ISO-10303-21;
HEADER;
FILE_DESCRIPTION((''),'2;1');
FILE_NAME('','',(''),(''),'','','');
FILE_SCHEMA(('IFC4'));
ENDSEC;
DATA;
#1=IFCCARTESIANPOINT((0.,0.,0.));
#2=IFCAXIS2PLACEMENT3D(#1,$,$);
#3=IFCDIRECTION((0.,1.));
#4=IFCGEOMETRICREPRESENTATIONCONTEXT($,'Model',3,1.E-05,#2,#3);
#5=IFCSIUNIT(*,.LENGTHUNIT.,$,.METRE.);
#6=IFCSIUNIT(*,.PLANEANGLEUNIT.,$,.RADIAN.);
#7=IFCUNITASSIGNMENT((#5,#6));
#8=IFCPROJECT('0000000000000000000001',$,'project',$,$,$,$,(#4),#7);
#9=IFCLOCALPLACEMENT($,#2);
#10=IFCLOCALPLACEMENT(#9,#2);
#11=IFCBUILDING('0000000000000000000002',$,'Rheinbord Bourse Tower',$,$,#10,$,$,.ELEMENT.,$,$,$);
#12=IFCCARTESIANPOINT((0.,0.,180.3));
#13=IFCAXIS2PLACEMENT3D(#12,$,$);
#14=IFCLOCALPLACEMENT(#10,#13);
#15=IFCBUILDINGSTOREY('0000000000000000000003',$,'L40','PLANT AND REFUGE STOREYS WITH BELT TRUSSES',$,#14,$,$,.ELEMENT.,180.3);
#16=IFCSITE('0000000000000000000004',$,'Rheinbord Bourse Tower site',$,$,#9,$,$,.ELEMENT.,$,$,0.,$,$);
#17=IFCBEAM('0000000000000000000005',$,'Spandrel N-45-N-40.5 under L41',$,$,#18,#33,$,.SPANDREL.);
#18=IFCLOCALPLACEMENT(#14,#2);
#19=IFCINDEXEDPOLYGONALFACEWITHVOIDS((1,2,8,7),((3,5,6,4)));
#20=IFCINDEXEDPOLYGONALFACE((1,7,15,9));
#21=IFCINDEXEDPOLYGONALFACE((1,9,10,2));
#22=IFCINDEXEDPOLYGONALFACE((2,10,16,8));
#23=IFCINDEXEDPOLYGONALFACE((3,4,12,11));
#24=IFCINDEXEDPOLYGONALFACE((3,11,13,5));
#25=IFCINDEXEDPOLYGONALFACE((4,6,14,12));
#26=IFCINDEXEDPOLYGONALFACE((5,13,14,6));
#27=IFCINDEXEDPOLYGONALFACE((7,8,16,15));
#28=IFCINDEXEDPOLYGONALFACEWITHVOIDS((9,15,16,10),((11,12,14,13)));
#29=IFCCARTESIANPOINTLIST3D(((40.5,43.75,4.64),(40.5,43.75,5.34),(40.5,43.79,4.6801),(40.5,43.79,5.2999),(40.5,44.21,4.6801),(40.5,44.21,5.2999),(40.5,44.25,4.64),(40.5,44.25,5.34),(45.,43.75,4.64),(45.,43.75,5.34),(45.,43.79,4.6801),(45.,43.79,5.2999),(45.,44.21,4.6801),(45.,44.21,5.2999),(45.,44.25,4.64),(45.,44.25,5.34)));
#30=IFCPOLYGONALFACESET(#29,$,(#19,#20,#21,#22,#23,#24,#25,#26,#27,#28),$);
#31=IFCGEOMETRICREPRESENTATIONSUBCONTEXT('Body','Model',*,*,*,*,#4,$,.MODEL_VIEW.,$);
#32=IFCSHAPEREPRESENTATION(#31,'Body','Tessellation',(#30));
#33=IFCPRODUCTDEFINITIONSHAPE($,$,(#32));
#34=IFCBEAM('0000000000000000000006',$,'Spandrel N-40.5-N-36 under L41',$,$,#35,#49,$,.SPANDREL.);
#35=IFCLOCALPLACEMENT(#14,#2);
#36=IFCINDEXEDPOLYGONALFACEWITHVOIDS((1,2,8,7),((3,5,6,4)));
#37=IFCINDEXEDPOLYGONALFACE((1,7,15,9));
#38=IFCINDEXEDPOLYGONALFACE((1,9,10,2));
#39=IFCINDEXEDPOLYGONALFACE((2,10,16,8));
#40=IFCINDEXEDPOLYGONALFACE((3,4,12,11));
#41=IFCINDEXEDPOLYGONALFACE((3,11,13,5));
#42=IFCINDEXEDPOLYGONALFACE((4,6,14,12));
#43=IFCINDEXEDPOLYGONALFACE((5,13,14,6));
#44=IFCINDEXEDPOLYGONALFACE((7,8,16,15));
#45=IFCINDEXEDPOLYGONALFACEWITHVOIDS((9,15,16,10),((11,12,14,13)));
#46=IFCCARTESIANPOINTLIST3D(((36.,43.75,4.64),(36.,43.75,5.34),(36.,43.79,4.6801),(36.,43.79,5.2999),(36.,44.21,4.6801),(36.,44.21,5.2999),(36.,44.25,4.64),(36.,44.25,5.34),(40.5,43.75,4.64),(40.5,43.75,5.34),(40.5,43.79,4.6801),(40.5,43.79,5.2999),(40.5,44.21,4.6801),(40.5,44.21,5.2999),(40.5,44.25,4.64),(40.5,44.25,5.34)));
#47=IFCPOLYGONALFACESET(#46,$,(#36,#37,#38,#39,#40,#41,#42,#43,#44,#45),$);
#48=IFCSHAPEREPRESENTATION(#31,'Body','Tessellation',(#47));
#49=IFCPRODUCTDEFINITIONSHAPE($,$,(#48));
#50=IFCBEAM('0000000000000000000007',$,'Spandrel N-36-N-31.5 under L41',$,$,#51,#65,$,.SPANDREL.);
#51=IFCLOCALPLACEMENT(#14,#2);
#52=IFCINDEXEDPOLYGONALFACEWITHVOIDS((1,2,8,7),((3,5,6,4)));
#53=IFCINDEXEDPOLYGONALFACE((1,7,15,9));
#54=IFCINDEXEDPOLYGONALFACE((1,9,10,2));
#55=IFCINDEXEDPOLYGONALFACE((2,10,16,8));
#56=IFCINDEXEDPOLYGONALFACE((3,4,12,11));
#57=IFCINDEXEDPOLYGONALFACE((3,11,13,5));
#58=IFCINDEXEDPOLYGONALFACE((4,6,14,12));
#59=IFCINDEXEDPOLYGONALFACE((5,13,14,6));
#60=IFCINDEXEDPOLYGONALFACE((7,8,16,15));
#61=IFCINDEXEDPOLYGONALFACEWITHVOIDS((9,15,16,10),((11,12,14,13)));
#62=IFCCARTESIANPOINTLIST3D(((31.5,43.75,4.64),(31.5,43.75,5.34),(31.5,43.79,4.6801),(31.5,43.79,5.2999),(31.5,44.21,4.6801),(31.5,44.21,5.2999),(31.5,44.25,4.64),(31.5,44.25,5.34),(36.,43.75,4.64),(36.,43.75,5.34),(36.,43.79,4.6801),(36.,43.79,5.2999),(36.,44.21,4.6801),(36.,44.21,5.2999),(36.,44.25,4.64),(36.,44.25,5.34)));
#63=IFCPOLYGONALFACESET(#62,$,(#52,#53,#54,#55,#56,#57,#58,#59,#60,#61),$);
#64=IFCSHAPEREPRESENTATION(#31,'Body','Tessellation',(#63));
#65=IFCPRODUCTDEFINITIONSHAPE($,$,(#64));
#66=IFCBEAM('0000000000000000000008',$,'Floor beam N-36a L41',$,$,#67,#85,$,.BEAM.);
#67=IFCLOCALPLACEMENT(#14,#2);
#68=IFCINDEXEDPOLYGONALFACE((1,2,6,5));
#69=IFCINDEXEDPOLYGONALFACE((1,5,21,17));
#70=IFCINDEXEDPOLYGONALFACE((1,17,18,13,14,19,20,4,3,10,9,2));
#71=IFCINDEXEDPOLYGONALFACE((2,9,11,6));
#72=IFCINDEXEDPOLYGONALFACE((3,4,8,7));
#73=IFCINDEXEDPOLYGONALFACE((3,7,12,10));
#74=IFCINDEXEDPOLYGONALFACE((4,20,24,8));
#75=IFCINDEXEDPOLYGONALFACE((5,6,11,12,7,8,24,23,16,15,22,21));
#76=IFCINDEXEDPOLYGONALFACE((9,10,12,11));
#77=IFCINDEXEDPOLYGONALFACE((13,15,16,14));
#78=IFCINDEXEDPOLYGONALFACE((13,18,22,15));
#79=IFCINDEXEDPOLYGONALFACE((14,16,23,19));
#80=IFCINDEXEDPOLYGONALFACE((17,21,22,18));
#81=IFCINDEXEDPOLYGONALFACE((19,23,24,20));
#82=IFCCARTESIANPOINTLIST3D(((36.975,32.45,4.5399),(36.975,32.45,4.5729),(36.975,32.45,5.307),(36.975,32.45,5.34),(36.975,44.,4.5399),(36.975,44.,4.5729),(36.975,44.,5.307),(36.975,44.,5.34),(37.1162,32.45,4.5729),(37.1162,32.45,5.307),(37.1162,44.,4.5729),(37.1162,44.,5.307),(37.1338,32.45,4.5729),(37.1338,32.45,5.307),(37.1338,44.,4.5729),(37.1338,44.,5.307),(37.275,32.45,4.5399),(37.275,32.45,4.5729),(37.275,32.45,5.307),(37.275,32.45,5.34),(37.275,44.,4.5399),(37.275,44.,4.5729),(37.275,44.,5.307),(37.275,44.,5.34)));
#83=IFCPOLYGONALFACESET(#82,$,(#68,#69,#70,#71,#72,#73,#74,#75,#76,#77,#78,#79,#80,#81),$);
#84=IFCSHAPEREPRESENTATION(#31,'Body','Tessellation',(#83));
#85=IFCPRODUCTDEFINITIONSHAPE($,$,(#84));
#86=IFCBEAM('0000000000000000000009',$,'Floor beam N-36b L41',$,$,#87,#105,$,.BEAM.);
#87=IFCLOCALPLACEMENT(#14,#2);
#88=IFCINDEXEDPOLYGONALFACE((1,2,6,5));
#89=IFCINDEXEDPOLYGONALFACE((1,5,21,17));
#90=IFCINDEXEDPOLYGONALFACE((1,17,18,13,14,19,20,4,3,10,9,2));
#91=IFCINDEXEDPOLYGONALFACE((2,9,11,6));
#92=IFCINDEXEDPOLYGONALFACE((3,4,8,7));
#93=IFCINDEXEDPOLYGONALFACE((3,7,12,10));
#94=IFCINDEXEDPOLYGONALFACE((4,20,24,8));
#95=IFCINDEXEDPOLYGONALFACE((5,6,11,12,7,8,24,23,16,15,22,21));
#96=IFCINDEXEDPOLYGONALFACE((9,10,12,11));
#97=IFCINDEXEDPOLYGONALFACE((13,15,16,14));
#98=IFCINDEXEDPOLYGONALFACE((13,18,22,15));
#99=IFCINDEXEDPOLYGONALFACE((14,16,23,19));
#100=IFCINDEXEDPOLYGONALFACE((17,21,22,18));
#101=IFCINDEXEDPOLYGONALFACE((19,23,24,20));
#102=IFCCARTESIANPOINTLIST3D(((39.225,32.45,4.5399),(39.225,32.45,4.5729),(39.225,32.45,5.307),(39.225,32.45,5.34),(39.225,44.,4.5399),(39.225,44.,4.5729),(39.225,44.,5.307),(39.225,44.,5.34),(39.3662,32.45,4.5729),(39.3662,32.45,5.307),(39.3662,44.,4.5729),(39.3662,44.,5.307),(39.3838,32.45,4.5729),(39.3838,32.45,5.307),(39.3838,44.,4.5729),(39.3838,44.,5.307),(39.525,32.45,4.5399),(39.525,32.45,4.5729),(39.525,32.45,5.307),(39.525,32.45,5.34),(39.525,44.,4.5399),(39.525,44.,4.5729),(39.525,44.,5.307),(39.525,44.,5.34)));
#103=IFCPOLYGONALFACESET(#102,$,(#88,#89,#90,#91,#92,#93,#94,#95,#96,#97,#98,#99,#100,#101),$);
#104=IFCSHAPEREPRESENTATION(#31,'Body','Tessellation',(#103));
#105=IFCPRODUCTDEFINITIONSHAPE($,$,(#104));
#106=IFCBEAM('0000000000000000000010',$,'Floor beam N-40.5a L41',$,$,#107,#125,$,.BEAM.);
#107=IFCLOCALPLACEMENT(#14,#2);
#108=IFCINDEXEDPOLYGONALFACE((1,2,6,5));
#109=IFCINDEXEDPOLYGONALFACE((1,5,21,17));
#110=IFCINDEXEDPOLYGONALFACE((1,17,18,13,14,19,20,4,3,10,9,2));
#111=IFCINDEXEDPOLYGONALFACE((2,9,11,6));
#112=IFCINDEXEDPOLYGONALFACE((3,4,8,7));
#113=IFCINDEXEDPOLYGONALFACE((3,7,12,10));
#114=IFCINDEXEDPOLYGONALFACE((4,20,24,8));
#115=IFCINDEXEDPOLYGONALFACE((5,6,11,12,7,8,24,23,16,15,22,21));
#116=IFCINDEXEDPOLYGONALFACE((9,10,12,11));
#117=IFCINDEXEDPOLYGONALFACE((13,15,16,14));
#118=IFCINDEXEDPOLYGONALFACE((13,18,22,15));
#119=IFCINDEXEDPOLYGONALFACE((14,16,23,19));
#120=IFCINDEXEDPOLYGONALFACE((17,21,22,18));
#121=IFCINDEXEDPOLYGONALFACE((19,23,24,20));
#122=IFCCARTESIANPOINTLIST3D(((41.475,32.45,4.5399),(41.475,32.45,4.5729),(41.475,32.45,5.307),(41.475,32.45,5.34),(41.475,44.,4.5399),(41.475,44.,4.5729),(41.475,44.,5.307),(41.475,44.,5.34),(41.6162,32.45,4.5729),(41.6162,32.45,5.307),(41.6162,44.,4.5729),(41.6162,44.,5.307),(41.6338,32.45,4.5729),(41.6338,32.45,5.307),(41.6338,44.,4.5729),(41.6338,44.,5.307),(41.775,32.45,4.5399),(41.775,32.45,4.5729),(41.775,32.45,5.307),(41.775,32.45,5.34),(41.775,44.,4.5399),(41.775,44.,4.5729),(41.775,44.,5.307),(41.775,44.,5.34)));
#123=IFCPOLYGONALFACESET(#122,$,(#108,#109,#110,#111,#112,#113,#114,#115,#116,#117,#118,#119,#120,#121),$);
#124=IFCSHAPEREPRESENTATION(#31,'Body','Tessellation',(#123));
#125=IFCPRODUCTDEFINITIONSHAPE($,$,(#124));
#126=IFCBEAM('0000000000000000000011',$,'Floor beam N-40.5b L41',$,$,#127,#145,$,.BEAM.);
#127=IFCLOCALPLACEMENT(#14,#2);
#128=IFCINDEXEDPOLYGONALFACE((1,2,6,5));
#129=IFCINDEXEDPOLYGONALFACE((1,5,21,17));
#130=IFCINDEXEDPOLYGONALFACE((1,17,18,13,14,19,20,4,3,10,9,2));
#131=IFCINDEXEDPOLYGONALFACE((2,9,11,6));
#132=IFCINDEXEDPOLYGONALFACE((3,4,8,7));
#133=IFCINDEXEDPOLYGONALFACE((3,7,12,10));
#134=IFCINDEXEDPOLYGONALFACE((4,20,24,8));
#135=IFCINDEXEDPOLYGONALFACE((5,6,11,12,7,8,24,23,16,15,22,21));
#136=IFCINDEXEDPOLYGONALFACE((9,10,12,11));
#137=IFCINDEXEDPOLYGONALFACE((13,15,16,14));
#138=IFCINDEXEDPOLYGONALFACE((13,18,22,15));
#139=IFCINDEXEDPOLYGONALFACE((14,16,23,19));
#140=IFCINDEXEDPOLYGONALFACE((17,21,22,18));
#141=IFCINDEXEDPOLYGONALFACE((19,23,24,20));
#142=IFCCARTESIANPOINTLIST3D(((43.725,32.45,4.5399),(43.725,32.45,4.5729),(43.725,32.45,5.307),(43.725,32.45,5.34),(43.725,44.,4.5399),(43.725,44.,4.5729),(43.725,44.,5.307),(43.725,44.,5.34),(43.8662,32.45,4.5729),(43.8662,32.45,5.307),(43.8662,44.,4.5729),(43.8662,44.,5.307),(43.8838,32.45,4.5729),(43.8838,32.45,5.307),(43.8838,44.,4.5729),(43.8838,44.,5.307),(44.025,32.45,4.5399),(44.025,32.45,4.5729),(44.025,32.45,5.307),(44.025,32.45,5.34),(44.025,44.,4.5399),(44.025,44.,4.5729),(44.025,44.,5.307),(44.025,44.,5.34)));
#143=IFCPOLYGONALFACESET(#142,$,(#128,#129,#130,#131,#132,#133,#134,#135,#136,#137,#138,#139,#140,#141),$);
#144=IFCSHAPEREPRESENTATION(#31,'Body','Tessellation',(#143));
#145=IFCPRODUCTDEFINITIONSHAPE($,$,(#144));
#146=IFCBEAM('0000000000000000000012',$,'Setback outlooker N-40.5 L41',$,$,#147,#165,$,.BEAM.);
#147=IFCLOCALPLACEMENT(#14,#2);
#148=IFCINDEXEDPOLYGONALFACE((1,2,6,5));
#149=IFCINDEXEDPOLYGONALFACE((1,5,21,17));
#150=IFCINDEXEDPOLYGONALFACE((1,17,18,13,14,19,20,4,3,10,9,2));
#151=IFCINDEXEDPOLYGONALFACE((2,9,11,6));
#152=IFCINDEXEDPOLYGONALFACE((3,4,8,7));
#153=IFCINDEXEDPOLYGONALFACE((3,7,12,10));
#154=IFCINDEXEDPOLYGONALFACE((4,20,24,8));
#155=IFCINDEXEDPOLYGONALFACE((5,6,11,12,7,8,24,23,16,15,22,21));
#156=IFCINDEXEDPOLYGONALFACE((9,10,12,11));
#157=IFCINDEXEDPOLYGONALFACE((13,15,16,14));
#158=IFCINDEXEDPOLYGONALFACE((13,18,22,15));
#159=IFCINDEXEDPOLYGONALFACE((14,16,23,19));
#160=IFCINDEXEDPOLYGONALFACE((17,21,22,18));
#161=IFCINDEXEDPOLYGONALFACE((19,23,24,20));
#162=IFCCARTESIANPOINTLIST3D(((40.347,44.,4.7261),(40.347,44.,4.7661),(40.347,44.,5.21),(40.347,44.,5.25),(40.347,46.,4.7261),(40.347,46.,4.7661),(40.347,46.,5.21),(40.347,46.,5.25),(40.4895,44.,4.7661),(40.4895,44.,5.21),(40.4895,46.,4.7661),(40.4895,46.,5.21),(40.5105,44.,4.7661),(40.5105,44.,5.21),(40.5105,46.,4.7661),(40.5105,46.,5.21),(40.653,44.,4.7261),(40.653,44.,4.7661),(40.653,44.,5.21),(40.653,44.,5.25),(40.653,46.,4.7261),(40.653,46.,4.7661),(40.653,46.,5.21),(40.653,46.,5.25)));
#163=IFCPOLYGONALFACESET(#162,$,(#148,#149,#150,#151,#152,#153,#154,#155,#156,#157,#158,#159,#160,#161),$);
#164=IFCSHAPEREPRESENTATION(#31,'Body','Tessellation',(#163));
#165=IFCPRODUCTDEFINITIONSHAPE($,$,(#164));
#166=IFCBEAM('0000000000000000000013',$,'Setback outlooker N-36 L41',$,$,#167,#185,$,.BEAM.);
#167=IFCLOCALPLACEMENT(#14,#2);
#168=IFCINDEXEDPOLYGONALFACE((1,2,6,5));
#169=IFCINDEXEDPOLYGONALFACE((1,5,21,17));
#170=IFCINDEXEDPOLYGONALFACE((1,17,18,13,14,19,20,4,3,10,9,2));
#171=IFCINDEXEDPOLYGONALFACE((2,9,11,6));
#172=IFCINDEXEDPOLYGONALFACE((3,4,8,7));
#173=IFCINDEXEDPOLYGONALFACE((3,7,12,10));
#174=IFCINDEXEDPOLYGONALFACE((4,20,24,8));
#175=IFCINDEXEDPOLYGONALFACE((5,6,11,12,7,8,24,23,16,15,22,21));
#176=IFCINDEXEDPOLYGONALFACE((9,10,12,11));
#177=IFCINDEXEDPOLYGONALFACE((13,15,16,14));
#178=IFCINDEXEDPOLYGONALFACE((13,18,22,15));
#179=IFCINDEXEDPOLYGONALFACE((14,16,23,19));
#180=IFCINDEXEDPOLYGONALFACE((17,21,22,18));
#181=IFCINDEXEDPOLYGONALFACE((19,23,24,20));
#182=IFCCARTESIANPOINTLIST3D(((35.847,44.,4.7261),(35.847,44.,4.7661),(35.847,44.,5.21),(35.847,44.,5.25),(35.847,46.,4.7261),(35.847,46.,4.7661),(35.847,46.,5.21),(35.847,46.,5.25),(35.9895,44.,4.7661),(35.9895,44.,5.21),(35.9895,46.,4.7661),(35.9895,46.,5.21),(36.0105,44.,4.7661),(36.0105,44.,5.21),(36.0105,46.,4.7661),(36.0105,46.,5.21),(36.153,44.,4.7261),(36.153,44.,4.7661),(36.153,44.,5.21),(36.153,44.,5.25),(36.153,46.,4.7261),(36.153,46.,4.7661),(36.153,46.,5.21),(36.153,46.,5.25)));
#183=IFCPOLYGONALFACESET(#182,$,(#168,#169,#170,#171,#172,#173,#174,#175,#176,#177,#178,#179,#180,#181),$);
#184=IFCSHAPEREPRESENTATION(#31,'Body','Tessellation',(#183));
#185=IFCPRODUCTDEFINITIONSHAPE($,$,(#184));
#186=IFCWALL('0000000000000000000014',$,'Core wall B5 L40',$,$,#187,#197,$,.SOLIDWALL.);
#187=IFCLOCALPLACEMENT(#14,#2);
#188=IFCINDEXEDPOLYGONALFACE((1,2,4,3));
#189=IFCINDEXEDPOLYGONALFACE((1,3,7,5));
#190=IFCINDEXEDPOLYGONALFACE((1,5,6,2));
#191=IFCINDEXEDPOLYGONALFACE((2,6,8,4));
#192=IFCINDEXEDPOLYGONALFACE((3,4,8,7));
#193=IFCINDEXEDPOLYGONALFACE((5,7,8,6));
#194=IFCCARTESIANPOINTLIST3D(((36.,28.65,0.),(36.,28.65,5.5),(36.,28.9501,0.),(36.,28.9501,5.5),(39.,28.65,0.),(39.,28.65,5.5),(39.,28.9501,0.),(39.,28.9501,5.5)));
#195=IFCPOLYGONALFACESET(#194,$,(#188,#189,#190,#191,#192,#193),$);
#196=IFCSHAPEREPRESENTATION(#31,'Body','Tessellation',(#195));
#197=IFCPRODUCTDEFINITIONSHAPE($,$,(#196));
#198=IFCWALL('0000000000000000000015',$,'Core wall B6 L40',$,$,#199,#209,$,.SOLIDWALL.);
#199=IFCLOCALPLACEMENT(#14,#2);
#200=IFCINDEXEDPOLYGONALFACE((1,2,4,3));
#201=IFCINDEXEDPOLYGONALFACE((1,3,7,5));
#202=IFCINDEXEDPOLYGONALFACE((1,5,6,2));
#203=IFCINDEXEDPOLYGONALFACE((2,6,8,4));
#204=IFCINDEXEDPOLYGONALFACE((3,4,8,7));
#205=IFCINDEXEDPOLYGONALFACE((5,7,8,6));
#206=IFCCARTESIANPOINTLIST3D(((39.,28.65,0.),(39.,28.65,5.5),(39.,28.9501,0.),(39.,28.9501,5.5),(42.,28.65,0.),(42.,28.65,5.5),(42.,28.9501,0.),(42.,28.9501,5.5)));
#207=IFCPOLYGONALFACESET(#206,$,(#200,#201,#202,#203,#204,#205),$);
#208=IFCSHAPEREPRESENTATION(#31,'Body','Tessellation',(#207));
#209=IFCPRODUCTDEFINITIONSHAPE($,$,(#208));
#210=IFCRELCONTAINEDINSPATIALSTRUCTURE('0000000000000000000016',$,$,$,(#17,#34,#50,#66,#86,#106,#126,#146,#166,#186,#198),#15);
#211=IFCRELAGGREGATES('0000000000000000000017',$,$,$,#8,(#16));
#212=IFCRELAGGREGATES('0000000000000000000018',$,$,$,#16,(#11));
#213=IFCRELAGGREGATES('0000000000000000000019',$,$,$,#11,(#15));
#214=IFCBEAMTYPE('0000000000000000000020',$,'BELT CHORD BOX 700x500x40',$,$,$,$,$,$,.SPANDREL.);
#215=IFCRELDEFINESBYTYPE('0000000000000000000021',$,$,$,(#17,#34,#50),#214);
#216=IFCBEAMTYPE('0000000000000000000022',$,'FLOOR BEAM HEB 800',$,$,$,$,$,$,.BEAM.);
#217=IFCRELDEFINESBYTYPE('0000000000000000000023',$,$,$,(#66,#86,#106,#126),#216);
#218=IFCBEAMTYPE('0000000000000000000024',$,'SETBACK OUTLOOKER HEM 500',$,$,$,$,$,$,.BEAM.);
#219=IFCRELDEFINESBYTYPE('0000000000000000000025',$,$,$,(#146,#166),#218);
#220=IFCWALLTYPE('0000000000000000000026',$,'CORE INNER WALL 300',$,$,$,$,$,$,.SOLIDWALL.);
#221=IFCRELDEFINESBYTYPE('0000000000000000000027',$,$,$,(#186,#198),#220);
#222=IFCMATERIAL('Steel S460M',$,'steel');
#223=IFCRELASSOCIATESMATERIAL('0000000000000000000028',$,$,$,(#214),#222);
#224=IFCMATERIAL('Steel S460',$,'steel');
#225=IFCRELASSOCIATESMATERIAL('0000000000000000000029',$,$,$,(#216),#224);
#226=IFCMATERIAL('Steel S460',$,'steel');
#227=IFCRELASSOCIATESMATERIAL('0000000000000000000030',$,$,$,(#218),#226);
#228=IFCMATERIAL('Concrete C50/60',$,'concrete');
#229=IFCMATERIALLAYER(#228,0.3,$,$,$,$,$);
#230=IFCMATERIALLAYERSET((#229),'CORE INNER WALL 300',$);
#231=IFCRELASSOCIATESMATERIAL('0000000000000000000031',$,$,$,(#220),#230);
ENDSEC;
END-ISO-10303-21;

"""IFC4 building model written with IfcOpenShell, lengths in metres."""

from ifc_helpers import new_model, si_unit, direction, frame, frame_2d, origin, origin_2d, place, context, subcontext, project, spatial, rectangle, hollow_rectangle, i_section, extrude, material, layer, layer_set, material_profile, profile_set, type_object, element, save


model = new_model("IFC4")

# Units and contexts
model_context = context("Model", 3, precision=1e-05, world=origin(), true_north=direction((0.0, 1.0)))
body_context = subcontext(model_context, "Body", "Model", "MODEL_VIEW")
ifc_project = project(units=[si_unit("LENGTHUNIT", "METRE"), si_unit("PLANEANGLEUNIT", "RADIAN")], contexts=[model_context])

# Site, building, storey
site_placement = place(None, origin())
site = spatial("IfcSite", under=ifc_project, at=site_placement, Name="Rheinbord Bourse Tower site", CompositionType="ELEMENT", RefElevation=0.0)
building_placement = place(site_placement, origin())
building = spatial("IfcBuilding", under=site, at=building_placement, Name="Rheinbord Bourse Tower", CompositionType="ELEMENT")
storey_placement = place(building_placement, frame((0.0, 0.0, 180.3)))
storey = spatial("IfcBuildingStorey", under=building, at=storey_placement, Name="L40", Description="PLANT AND REFUGE STOREYS WITH BELT TRUSSES", CompositionType="ELEMENT", Elevation=180.3)

# Beams
ifc_material_1 = material(Name="Steel S460M", Category="steel")
ifc_material_profile_1 = material_profile(ifc_material_1, hollow_rectangle(XDim=0.5, YDim=0.7, WallThickness=0.04, at=origin_2d()), Name="BOX 700x500x40")
ifc_profile_set_1 = profile_set([ifc_material_profile_1], Name="Steel S460M")
beam_type_1 = type_object("IfcBeamType", Name="BELT CHORD BOX 700x500x40", PredefinedType="SPANDREL", material=ifc_profile_set_1)
for number, where, z_axis, x_axis, name in (
    (1, (45.0, 44.0, 4.99), (-1.0, 0.0, 0.0), (0.0, -1.0, 0.0), "Spandrel N-45-N-40.5 under L41"),
    (2, (40.5, 44.0, 4.99), (-1.0, 0.0, 0.0), (0.0, -1.0, 0.0), "Spandrel N-40.5-N-36 under L41"),
    (3, (36.0, 44.0, 4.99), (-1.0, 0.0, 0.0), (0.0, -1.0, 0.0), "Spandrel N-36-N-31.5 under L41"),
):
    element("IfcBeam", number, at=place(storey_placement, frame(where, z_axis=z_axis, x_axis=x_axis)), inside=storey, type_object=beam_type_1, Name=name, PredefinedType="SPANDREL", context=body_context, shape_type="SweptSolid", body=[
        extrude(hollow_rectangle(XDim=0.5, YDim=0.7, WallThickness=0.04, at=origin_2d()), origin(), (0.0, 0.0, 1.0), 4.5),
    ])
ifc_material_2 = material(Name="Steel S460", Category="steel")
ifc_material_profile_2 = material_profile(ifc_material_2, i_section(OverallWidth=0.3, OverallDepth=0.8, WebThickness=0.0176, FlangeThickness=0.033, at=origin_2d()), Name="HEB 800")
ifc_profile_set_2 = profile_set([ifc_material_profile_2], Name="Steel S460")
beam_type_2 = type_object("IfcBeamType", Name="FLOOR BEAM HEB 800", PredefinedType="BEAM", material=ifc_profile_set_2)
for number, where, z_axis, x_axis, name in (
    (4, (37.125, 44.0, 4.9399), (0.0, -1.0, 0.0), (1.0, 0.0, 0.0), "Floor beam N-36a L41"),
    (5, (39.375, 44.0, 4.9399), (0.0, -1.0, 0.0), (1.0, 0.0, 0.0), "Floor beam N-36b L41"),
    (6, (41.625, 44.0, 4.9399), (0.0, -1.0, 0.0), (1.0, 0.0, 0.0), "Floor beam N-40.5a L41"),
    (7, (43.875, 44.0, 4.9399), (0.0, -1.0, 0.0), (1.0, 0.0, 0.0), "Floor beam N-40.5b L41"),
):
    element("IfcBeam", number, at=place(storey_placement, frame(where, z_axis=z_axis, x_axis=x_axis)), inside=storey, type_object=beam_type_2, Name=name, PredefinedType="BEAM", context=body_context, shape_type="SweptSolid", body=[
        extrude(i_section(OverallWidth=0.3, OverallDepth=0.8, WebThickness=0.0176, FlangeThickness=0.033, at=origin_2d()), origin(), (0.0, 0.0, 1.0), 11.55),
    ])
ifc_material_3 = material(Name="Steel S460", Category="steel")
ifc_material_profile_3 = material_profile(ifc_material_3, i_section(OverallWidth=0.3059, OverallDepth=0.5239, WebThickness=0.021, FlangeThickness=0.04, at=origin_2d()), Name="HEM 500")
ifc_profile_set_3 = profile_set([ifc_material_profile_3], Name="Steel S460")
beam_type_3 = type_object("IfcBeamType", Name="SETBACK OUTLOOKER HEM 500", PredefinedType="BEAM", material=ifc_profile_set_3)
for number, where, z_axis, x_axis, name in (
    (8, (40.5, 44.0, 4.988), (0.0, 1.0, 0.0), (-1.0, 0.0, 0.0), "Setback outlooker N-40.5 L41"),
    (9, (36.0, 44.0, 4.988), (0.0, 1.0, 0.0), (-1.0, 0.0, 0.0), "Setback outlooker N-36 L41"),
):
    element("IfcBeam", number, at=place(storey_placement, frame(where, z_axis=z_axis, x_axis=x_axis)), inside=storey, type_object=beam_type_3, Name=name, PredefinedType="BEAM", context=body_context, shape_type="SweptSolid", body=[
        extrude(i_section(OverallWidth=0.3059, OverallDepth=0.5239, WebThickness=0.021, FlangeThickness=0.04, at=origin_2d()), origin(), (0.0, 0.0, 1.0), 2.0),
    ])

# Walls
ifc_material_4 = material(Name="Concrete C50/60", Category="concrete")
ifc_layer_1 = layer(ifc_material_4, 0.3)
ifc_layer_set_1 = layer_set([ifc_layer_1], Name="CORE INNER WALL 300")
wall_type_1 = type_object("IfcWallType", Name="CORE INNER WALL 300", PredefinedType="SOLIDWALL", material=ifc_layer_set_1)
for number, where, z_axis, x_axis, name in (
    (10, (36.0, 28.8, 0.0), (0.0, 0.0, 1.0), (1.0, 0.0, 0.0), "Core wall B5 L40"),
    (11, (39.0, 28.8, 0.0), (0.0, 0.0, 1.0), (1.0, 0.0, 0.0), "Core wall B6 L40"),
):
    element("IfcWall", number, at=place(storey_placement, frame(where, z_axis=z_axis, x_axis=x_axis)), inside=storey, type_object=wall_type_1, Name=name, PredefinedType="SOLIDWALL", context=body_context, shape_type="SweptSolid", body=[
        extrude(rectangle(XDim=3.0, YDim=0.3, at=frame_2d((1.5, 0.0))), origin(), (0.0, 0.0, 1.0), 5.5),
    ])

save(model, "model.ifc")
